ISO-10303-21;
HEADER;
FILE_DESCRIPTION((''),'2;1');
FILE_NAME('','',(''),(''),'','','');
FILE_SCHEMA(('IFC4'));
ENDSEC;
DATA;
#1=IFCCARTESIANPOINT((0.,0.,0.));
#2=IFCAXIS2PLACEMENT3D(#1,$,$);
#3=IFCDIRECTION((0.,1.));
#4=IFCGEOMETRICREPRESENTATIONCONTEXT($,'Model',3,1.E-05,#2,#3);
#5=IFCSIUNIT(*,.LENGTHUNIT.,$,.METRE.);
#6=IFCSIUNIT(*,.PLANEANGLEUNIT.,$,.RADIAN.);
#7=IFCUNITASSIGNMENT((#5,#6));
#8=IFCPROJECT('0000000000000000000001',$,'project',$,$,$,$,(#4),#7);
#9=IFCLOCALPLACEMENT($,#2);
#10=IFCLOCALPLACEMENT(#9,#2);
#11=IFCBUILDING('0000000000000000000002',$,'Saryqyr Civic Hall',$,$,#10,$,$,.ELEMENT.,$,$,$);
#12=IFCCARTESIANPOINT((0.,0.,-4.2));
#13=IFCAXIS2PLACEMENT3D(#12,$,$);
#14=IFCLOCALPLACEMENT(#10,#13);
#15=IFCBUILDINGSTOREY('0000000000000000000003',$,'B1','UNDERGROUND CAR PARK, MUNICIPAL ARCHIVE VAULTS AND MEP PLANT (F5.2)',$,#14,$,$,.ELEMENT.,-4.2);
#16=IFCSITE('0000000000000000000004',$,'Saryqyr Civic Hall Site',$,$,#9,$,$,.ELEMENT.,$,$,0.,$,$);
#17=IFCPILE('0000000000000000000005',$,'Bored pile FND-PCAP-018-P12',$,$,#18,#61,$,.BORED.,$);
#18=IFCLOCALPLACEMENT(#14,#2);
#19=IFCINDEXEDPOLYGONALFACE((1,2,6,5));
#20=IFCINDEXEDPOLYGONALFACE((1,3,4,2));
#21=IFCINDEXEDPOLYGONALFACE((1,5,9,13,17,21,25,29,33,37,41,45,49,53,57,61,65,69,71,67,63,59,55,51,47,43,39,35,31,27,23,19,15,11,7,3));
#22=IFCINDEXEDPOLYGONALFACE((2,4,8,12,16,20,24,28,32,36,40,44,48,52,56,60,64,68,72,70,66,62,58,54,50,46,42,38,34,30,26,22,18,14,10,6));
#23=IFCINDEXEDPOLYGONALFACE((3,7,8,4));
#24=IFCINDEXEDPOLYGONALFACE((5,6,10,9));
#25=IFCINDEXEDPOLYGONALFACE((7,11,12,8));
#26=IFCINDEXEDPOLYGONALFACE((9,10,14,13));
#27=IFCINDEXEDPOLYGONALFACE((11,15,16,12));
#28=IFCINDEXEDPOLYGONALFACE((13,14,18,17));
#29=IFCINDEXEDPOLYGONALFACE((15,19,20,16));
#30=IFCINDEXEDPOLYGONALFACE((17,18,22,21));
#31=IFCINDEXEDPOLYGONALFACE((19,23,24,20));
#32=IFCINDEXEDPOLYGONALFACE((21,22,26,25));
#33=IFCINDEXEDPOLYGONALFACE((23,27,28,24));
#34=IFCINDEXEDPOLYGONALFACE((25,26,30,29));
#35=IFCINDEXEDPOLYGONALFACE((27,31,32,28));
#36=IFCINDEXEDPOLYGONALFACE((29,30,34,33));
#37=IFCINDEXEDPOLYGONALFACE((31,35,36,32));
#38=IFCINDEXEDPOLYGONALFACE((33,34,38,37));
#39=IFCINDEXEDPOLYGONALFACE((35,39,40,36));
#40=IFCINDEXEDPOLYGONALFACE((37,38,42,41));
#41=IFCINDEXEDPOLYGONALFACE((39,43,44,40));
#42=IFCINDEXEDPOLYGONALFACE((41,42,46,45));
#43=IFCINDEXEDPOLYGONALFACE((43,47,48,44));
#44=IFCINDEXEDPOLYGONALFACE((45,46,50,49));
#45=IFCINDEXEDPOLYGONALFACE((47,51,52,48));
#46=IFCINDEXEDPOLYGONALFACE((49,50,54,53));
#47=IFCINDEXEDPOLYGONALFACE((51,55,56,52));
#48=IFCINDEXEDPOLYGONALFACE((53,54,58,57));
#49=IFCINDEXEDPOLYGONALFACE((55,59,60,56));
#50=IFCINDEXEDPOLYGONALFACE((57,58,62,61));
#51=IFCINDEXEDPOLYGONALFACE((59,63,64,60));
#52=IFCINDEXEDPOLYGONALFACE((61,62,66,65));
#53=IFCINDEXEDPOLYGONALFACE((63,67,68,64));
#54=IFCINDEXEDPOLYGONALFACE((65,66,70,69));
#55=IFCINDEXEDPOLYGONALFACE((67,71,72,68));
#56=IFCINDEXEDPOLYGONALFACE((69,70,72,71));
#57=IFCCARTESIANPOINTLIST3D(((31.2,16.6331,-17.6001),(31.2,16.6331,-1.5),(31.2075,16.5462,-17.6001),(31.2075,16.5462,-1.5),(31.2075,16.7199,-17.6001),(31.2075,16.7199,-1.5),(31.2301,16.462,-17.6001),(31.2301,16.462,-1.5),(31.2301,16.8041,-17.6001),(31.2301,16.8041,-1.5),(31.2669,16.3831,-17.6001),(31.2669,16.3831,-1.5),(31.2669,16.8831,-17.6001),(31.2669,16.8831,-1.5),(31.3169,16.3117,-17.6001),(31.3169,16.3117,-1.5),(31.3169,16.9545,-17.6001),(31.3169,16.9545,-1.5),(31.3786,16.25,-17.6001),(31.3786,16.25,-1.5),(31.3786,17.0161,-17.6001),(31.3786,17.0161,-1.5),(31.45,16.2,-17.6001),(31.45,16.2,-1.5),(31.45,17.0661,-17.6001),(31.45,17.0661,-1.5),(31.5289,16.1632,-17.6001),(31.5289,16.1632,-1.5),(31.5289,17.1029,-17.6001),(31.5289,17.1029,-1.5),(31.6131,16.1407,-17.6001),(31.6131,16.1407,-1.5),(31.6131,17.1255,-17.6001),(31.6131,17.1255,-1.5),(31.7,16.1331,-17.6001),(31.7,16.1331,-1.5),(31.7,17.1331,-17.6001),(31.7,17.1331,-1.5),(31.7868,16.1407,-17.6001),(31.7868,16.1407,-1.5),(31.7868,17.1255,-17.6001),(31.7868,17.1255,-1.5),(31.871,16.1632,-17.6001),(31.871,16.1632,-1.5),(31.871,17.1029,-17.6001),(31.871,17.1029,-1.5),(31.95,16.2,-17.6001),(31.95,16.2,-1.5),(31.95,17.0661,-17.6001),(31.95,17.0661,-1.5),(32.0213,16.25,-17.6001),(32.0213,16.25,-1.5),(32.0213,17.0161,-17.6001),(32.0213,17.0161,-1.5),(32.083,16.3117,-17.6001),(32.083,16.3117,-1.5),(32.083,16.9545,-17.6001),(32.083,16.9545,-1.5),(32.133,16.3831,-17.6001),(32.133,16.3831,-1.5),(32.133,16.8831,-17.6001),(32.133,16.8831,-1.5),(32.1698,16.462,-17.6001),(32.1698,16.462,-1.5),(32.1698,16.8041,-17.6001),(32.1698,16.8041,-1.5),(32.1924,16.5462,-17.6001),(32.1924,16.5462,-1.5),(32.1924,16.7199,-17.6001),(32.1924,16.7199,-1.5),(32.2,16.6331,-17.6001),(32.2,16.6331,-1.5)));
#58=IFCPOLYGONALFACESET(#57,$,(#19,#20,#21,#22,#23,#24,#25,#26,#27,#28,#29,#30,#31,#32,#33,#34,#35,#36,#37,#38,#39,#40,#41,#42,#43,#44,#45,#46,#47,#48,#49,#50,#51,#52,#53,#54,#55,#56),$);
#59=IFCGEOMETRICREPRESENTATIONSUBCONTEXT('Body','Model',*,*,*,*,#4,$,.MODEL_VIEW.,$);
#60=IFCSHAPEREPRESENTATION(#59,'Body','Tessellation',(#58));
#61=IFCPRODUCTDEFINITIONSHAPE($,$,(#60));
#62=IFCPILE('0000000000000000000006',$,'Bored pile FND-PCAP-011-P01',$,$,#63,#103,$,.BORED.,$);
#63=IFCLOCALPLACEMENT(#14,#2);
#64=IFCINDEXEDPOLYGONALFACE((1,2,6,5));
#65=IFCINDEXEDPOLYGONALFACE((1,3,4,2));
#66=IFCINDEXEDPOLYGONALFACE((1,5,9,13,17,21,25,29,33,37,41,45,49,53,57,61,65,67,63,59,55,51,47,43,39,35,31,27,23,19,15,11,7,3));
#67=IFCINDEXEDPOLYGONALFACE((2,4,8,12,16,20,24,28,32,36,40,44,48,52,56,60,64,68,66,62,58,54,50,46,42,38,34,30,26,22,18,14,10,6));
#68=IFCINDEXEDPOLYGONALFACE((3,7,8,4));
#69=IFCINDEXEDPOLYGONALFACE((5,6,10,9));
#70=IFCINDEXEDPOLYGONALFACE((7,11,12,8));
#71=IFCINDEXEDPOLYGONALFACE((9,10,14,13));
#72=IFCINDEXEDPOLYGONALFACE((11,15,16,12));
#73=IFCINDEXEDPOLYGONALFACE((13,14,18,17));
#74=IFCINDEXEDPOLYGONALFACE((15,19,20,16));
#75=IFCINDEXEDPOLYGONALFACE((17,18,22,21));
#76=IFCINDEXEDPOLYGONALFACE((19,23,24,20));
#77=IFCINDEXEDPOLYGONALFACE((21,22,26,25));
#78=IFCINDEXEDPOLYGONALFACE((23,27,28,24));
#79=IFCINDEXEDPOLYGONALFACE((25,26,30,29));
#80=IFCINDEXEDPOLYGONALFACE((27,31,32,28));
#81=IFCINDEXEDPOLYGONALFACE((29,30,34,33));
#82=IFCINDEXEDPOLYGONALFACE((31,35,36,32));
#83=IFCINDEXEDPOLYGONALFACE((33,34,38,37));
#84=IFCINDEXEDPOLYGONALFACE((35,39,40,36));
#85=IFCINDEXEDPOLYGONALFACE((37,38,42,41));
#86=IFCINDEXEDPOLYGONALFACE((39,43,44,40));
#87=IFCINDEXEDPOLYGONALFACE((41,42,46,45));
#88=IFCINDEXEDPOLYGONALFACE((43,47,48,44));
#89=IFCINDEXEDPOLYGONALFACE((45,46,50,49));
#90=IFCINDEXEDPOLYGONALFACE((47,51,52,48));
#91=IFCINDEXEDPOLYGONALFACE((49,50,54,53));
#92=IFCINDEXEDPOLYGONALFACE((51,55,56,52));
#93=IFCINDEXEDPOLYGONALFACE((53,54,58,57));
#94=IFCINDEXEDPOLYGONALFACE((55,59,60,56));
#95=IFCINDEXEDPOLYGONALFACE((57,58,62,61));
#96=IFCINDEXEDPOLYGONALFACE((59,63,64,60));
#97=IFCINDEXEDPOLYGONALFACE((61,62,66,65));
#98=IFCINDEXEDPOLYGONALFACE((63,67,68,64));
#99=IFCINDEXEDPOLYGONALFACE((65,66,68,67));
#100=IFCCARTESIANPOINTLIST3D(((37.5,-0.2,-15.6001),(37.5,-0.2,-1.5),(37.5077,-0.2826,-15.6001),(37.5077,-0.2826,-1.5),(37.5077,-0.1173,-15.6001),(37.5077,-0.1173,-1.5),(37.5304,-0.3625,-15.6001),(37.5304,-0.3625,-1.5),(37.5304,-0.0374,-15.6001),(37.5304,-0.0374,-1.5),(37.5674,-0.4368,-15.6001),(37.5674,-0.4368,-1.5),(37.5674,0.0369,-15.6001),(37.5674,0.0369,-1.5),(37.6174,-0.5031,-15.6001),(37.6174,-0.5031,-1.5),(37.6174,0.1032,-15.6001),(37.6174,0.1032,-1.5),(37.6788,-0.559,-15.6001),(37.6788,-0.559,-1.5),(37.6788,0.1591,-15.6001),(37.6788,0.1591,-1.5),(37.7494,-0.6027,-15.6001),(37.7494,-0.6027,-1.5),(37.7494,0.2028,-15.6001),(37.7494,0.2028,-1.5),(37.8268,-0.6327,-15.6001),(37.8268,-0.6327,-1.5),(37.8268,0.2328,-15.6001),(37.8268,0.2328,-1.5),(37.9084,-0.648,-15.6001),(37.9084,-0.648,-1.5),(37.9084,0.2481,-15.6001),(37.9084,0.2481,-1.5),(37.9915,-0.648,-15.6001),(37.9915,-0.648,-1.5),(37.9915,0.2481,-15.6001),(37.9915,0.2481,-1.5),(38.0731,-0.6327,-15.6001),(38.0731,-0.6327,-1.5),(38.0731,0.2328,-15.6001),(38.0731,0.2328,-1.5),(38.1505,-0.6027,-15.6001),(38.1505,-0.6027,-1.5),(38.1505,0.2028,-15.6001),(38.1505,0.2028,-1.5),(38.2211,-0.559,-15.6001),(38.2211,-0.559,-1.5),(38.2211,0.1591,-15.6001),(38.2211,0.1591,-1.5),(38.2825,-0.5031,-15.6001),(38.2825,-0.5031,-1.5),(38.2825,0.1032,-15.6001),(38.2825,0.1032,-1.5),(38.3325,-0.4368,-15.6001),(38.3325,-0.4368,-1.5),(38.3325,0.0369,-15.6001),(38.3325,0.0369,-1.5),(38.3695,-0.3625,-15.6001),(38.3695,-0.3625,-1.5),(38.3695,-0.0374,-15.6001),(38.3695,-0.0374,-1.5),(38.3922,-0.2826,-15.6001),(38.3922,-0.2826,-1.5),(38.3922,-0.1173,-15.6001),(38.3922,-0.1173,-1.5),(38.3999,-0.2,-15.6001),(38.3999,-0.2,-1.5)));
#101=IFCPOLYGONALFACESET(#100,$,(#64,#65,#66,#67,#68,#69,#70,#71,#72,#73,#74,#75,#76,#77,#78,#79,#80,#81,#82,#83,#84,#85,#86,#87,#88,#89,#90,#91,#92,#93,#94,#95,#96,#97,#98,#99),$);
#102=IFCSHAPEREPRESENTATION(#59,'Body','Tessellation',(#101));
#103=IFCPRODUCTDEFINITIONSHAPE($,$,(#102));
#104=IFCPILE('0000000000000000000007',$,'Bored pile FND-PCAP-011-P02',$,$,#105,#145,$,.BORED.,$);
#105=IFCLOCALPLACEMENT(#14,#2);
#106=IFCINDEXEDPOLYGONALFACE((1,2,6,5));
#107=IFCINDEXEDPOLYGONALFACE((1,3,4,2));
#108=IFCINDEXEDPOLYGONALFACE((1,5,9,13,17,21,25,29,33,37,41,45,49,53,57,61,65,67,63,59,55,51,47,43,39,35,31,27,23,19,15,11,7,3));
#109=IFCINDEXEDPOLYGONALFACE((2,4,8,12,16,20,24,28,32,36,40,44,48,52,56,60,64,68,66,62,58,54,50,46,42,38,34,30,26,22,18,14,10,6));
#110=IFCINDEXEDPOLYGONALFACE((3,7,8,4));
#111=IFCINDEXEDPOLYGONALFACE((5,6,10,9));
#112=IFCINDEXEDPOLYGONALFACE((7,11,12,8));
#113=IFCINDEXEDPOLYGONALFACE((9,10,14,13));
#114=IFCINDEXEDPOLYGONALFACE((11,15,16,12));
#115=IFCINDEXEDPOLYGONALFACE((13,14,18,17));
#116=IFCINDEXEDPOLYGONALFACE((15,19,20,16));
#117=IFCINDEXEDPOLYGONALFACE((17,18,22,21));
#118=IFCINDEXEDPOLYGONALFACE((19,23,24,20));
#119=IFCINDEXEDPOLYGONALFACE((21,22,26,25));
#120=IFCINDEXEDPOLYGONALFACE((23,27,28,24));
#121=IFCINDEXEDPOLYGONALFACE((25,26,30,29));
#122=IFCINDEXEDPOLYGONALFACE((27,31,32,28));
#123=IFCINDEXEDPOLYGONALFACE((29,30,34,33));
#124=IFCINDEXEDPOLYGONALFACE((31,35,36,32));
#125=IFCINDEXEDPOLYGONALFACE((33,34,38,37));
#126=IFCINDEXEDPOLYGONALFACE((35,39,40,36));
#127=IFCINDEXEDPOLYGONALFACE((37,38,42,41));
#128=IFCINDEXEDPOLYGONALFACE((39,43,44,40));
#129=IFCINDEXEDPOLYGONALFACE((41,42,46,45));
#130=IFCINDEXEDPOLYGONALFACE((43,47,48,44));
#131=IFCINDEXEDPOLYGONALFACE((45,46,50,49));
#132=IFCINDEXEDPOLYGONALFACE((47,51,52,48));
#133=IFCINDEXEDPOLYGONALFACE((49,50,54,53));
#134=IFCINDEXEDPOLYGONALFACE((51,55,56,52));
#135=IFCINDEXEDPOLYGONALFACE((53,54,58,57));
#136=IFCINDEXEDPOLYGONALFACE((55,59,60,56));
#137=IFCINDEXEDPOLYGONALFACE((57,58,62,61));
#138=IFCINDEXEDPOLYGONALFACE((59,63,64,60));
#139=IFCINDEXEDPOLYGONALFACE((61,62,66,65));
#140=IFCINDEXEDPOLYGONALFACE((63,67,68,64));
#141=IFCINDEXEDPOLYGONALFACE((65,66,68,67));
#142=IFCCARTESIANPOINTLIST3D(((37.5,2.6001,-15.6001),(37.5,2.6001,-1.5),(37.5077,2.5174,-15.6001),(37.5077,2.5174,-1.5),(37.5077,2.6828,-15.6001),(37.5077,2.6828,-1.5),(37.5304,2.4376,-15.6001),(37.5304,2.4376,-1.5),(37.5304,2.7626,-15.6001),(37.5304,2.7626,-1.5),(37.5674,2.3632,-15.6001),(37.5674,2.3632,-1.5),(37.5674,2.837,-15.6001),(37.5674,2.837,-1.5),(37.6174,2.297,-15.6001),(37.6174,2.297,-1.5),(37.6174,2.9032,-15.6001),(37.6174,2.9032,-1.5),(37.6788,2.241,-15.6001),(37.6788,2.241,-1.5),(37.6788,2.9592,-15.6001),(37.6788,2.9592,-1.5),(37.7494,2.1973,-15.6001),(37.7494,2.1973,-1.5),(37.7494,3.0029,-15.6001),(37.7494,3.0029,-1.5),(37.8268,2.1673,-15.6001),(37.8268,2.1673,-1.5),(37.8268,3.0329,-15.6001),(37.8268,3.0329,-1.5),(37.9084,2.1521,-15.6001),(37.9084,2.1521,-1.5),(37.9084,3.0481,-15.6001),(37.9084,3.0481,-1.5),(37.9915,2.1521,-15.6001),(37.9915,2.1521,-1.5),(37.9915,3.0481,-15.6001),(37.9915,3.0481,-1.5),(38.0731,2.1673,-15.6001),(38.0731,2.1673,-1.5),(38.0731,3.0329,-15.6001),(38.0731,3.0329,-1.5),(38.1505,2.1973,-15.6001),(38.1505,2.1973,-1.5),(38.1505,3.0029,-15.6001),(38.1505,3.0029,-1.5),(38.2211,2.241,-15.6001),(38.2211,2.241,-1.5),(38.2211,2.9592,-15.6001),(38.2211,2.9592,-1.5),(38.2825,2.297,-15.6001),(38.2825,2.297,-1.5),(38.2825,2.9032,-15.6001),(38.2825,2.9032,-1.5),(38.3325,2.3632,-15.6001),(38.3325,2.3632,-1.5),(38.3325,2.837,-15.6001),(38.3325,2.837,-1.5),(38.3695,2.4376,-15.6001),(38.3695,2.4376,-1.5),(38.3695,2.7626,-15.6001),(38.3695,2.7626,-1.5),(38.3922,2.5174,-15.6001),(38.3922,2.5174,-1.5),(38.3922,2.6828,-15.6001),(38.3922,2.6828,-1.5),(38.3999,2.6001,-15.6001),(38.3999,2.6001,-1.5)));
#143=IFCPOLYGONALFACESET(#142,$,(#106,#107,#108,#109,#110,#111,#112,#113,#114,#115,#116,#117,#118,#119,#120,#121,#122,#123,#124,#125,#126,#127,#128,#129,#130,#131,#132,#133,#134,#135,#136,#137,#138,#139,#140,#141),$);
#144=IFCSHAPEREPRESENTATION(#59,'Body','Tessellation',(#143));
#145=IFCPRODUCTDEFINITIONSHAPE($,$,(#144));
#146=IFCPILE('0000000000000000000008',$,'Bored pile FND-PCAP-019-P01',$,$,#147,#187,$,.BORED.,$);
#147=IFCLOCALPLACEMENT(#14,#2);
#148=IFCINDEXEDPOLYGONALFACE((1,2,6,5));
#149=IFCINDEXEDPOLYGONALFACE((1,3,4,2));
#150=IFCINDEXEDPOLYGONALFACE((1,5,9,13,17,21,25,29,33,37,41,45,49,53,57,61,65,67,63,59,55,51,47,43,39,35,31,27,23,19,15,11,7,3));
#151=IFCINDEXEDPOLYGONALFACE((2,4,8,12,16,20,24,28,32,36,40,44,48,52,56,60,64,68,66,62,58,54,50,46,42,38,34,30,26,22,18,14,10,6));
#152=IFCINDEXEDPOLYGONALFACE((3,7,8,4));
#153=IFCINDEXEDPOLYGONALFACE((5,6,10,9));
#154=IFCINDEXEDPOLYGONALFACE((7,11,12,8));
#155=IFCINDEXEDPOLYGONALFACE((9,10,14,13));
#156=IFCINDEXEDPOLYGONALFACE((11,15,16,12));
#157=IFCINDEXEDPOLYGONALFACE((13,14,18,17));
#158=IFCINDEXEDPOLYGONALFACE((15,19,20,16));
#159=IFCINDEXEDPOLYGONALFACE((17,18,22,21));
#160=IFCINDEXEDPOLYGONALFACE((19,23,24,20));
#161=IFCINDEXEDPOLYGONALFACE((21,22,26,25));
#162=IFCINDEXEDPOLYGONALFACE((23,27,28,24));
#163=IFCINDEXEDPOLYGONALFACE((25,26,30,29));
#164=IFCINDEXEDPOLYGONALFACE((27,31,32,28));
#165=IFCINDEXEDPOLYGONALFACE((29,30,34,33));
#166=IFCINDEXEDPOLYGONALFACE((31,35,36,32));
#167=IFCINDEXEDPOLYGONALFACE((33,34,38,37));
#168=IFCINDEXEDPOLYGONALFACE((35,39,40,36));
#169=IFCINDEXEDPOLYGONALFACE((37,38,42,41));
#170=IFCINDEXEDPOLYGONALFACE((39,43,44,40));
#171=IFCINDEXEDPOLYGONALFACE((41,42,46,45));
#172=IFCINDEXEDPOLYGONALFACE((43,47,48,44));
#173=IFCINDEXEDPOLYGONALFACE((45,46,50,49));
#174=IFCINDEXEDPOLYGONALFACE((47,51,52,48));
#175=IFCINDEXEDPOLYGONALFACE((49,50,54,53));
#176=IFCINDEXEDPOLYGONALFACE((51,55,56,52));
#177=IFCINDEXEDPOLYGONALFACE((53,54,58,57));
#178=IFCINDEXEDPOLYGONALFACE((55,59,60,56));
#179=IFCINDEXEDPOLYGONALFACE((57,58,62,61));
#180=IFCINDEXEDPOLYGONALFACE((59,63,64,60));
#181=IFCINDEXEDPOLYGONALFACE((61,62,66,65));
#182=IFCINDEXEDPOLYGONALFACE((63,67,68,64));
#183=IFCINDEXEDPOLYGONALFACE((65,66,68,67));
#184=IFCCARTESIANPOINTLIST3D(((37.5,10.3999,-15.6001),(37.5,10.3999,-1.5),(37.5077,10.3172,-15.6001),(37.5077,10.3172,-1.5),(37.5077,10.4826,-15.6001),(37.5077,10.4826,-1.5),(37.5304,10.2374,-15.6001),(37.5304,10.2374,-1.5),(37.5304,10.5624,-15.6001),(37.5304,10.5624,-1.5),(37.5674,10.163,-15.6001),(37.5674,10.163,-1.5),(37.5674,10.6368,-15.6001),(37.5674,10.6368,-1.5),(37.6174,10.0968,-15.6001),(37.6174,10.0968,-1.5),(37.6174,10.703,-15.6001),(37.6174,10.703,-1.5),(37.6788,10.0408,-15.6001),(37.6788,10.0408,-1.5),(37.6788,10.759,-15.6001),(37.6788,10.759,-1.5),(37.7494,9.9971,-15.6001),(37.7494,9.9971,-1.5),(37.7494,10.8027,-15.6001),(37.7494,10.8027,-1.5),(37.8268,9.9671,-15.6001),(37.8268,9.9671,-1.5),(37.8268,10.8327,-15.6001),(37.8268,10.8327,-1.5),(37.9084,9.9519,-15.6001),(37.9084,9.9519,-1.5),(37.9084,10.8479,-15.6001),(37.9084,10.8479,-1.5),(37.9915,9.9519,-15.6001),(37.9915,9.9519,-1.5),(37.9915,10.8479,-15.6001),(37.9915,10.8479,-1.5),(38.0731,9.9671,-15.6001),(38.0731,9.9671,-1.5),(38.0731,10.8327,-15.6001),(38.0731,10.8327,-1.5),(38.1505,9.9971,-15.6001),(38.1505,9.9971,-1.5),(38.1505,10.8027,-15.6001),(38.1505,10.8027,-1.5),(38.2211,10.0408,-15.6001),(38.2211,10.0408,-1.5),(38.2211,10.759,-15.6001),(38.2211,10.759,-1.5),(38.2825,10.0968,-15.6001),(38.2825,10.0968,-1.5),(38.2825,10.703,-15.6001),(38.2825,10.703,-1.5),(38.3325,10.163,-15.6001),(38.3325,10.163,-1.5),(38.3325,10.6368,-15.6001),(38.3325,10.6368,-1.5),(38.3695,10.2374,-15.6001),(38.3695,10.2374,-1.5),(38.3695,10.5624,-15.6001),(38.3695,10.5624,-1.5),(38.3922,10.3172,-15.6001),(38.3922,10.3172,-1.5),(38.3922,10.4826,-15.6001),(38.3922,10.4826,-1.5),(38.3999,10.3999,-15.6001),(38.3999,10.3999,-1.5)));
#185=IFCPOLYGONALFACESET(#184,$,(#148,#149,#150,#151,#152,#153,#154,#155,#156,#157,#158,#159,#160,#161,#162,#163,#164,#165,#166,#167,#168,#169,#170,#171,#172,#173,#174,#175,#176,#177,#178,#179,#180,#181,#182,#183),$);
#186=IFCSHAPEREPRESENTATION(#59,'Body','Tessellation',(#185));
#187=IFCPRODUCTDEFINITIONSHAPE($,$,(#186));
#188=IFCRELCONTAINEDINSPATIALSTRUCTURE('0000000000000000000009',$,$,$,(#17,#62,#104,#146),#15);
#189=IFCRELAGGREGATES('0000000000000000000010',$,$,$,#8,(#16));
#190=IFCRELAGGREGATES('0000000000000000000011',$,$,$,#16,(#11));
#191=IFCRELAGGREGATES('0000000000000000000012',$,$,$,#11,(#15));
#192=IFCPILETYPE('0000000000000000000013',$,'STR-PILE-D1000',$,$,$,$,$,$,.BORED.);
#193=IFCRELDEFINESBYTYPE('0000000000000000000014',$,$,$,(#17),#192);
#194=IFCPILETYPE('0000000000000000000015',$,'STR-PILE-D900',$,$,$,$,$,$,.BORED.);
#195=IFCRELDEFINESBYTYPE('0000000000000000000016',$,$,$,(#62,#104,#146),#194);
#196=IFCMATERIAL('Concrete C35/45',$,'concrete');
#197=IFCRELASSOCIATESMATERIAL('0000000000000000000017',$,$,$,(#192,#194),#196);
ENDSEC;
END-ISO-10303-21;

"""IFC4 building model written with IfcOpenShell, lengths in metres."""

from ifc_helpers import new_model, si_unit, direction, frame, origin, origin_2d, place, context, subcontext, project, spatial, circle, extrude, material, material_profile, profile_set, type_object, element, save


model = new_model("IFC4")

# Units and contexts
model_context = context("Model", 3, precision=1e-05, world=origin(), true_north=direction((0.0, 1.0)))
body_context = subcontext(model_context, "Body", "Model", "MODEL_VIEW")
ifc_project = project(units=[si_unit("LENGTHUNIT", "METRE"), si_unit("PLANEANGLEUNIT", "RADIAN")], contexts=[model_context])

# Site, building, storey
site_placement = place(None, origin())
site = spatial("IfcSite", under=ifc_project, at=site_placement, Name="Saryqyr Civic Hall Site", CompositionType="ELEMENT", RefElevation=0.0)
building_placement = place(site_placement, origin())
building = spatial("IfcBuilding", under=site, at=building_placement, Name="Saryqyr Civic Hall", CompositionType="ELEMENT")
storey_placement = place(building_placement, frame((0.0, 0.0, -4.2)))
storey = spatial("IfcBuildingStorey", under=building, at=storey_placement, Name="B1", Description="UNDERGROUND CAR PARK, MUNICIPAL ARCHIVE VAULTS AND MEP PLANT (F5.2)", CompositionType="ELEMENT", Elevation=-4.2)

# Shared definitions
ifc_material_1 = material(Name="Concrete C35/45", Category="concrete")

# Piles
ifc_material_profile_1 = material_profile(ifc_material_1, circle(Radius=0.5, at=origin_2d()), Name="BORED PILE D1000")
ifc_profile_set_1 = profile_set([ifc_material_profile_1], Name="Concrete C35/45")
pile_type_1 = type_object("IfcPileType", Name="STR-PILE-D1000", PredefinedType="BORED", material=ifc_profile_set_1)
for number, where, z_axis, x_axis, name in (
    (1, (31.7, 16.6331, -1.5), (0.0, 0.0, -1.0), (1.0, 0.0, 0.0), "Bored pile FND-PCAP-018-P12"),
):
    element("IfcPile", number, at=place(storey_placement, frame(where, z_axis=z_axis, x_axis=x_axis)), inside=storey, type_object=pile_type_1, Name=name, PredefinedType="BORED", context=body_context, shape_type="SweptSolid", body=[
        extrude(circle(Radius=0.5, at=origin_2d()), origin(), (0.0, 0.0, 1.0), 16.1001),
    ])
ifc_material_profile_2 = material_profile(ifc_material_1, circle(Radius=0.45, at=origin_2d()), Name="BORED PILE D900")
ifc_profile_set_2 = profile_set([ifc_material_profile_2], Name="Concrete C35/45")
pile_type_2 = type_object("IfcPileType", Name="STR-PILE-D900", PredefinedType="BORED", material=ifc_profile_set_2)
for number, where, z_axis, x_axis, name in (
    (2, (37.95, -0.2, -1.5), (0.0, 0.0, -1.0), (1.0, 0.0, 0.0), "Bored pile FND-PCAP-011-P01"),
    (3, (37.95, 2.6001, -1.5), (0.0, 0.0, -1.0), (1.0, 0.0, 0.0), "Bored pile FND-PCAP-011-P02"),
    (4, (37.95, 10.3999, -1.5), (0.0, 0.0, -1.0), (1.0, 0.0, 0.0), "Bored pile FND-PCAP-019-P01"),
):
    element("IfcPile", number, at=place(storey_placement, frame(where, z_axis=z_axis, x_axis=x_axis)), inside=storey, type_object=pile_type_2, Name=name, PredefinedType="BORED", context=body_context, shape_type="SweptSolid", body=[
        extrude(circle(Radius=0.45, at=origin_2d()), origin(), (0.0, 0.0, 1.0), 14.1001),
    ])

save(model, "model.ifc")
